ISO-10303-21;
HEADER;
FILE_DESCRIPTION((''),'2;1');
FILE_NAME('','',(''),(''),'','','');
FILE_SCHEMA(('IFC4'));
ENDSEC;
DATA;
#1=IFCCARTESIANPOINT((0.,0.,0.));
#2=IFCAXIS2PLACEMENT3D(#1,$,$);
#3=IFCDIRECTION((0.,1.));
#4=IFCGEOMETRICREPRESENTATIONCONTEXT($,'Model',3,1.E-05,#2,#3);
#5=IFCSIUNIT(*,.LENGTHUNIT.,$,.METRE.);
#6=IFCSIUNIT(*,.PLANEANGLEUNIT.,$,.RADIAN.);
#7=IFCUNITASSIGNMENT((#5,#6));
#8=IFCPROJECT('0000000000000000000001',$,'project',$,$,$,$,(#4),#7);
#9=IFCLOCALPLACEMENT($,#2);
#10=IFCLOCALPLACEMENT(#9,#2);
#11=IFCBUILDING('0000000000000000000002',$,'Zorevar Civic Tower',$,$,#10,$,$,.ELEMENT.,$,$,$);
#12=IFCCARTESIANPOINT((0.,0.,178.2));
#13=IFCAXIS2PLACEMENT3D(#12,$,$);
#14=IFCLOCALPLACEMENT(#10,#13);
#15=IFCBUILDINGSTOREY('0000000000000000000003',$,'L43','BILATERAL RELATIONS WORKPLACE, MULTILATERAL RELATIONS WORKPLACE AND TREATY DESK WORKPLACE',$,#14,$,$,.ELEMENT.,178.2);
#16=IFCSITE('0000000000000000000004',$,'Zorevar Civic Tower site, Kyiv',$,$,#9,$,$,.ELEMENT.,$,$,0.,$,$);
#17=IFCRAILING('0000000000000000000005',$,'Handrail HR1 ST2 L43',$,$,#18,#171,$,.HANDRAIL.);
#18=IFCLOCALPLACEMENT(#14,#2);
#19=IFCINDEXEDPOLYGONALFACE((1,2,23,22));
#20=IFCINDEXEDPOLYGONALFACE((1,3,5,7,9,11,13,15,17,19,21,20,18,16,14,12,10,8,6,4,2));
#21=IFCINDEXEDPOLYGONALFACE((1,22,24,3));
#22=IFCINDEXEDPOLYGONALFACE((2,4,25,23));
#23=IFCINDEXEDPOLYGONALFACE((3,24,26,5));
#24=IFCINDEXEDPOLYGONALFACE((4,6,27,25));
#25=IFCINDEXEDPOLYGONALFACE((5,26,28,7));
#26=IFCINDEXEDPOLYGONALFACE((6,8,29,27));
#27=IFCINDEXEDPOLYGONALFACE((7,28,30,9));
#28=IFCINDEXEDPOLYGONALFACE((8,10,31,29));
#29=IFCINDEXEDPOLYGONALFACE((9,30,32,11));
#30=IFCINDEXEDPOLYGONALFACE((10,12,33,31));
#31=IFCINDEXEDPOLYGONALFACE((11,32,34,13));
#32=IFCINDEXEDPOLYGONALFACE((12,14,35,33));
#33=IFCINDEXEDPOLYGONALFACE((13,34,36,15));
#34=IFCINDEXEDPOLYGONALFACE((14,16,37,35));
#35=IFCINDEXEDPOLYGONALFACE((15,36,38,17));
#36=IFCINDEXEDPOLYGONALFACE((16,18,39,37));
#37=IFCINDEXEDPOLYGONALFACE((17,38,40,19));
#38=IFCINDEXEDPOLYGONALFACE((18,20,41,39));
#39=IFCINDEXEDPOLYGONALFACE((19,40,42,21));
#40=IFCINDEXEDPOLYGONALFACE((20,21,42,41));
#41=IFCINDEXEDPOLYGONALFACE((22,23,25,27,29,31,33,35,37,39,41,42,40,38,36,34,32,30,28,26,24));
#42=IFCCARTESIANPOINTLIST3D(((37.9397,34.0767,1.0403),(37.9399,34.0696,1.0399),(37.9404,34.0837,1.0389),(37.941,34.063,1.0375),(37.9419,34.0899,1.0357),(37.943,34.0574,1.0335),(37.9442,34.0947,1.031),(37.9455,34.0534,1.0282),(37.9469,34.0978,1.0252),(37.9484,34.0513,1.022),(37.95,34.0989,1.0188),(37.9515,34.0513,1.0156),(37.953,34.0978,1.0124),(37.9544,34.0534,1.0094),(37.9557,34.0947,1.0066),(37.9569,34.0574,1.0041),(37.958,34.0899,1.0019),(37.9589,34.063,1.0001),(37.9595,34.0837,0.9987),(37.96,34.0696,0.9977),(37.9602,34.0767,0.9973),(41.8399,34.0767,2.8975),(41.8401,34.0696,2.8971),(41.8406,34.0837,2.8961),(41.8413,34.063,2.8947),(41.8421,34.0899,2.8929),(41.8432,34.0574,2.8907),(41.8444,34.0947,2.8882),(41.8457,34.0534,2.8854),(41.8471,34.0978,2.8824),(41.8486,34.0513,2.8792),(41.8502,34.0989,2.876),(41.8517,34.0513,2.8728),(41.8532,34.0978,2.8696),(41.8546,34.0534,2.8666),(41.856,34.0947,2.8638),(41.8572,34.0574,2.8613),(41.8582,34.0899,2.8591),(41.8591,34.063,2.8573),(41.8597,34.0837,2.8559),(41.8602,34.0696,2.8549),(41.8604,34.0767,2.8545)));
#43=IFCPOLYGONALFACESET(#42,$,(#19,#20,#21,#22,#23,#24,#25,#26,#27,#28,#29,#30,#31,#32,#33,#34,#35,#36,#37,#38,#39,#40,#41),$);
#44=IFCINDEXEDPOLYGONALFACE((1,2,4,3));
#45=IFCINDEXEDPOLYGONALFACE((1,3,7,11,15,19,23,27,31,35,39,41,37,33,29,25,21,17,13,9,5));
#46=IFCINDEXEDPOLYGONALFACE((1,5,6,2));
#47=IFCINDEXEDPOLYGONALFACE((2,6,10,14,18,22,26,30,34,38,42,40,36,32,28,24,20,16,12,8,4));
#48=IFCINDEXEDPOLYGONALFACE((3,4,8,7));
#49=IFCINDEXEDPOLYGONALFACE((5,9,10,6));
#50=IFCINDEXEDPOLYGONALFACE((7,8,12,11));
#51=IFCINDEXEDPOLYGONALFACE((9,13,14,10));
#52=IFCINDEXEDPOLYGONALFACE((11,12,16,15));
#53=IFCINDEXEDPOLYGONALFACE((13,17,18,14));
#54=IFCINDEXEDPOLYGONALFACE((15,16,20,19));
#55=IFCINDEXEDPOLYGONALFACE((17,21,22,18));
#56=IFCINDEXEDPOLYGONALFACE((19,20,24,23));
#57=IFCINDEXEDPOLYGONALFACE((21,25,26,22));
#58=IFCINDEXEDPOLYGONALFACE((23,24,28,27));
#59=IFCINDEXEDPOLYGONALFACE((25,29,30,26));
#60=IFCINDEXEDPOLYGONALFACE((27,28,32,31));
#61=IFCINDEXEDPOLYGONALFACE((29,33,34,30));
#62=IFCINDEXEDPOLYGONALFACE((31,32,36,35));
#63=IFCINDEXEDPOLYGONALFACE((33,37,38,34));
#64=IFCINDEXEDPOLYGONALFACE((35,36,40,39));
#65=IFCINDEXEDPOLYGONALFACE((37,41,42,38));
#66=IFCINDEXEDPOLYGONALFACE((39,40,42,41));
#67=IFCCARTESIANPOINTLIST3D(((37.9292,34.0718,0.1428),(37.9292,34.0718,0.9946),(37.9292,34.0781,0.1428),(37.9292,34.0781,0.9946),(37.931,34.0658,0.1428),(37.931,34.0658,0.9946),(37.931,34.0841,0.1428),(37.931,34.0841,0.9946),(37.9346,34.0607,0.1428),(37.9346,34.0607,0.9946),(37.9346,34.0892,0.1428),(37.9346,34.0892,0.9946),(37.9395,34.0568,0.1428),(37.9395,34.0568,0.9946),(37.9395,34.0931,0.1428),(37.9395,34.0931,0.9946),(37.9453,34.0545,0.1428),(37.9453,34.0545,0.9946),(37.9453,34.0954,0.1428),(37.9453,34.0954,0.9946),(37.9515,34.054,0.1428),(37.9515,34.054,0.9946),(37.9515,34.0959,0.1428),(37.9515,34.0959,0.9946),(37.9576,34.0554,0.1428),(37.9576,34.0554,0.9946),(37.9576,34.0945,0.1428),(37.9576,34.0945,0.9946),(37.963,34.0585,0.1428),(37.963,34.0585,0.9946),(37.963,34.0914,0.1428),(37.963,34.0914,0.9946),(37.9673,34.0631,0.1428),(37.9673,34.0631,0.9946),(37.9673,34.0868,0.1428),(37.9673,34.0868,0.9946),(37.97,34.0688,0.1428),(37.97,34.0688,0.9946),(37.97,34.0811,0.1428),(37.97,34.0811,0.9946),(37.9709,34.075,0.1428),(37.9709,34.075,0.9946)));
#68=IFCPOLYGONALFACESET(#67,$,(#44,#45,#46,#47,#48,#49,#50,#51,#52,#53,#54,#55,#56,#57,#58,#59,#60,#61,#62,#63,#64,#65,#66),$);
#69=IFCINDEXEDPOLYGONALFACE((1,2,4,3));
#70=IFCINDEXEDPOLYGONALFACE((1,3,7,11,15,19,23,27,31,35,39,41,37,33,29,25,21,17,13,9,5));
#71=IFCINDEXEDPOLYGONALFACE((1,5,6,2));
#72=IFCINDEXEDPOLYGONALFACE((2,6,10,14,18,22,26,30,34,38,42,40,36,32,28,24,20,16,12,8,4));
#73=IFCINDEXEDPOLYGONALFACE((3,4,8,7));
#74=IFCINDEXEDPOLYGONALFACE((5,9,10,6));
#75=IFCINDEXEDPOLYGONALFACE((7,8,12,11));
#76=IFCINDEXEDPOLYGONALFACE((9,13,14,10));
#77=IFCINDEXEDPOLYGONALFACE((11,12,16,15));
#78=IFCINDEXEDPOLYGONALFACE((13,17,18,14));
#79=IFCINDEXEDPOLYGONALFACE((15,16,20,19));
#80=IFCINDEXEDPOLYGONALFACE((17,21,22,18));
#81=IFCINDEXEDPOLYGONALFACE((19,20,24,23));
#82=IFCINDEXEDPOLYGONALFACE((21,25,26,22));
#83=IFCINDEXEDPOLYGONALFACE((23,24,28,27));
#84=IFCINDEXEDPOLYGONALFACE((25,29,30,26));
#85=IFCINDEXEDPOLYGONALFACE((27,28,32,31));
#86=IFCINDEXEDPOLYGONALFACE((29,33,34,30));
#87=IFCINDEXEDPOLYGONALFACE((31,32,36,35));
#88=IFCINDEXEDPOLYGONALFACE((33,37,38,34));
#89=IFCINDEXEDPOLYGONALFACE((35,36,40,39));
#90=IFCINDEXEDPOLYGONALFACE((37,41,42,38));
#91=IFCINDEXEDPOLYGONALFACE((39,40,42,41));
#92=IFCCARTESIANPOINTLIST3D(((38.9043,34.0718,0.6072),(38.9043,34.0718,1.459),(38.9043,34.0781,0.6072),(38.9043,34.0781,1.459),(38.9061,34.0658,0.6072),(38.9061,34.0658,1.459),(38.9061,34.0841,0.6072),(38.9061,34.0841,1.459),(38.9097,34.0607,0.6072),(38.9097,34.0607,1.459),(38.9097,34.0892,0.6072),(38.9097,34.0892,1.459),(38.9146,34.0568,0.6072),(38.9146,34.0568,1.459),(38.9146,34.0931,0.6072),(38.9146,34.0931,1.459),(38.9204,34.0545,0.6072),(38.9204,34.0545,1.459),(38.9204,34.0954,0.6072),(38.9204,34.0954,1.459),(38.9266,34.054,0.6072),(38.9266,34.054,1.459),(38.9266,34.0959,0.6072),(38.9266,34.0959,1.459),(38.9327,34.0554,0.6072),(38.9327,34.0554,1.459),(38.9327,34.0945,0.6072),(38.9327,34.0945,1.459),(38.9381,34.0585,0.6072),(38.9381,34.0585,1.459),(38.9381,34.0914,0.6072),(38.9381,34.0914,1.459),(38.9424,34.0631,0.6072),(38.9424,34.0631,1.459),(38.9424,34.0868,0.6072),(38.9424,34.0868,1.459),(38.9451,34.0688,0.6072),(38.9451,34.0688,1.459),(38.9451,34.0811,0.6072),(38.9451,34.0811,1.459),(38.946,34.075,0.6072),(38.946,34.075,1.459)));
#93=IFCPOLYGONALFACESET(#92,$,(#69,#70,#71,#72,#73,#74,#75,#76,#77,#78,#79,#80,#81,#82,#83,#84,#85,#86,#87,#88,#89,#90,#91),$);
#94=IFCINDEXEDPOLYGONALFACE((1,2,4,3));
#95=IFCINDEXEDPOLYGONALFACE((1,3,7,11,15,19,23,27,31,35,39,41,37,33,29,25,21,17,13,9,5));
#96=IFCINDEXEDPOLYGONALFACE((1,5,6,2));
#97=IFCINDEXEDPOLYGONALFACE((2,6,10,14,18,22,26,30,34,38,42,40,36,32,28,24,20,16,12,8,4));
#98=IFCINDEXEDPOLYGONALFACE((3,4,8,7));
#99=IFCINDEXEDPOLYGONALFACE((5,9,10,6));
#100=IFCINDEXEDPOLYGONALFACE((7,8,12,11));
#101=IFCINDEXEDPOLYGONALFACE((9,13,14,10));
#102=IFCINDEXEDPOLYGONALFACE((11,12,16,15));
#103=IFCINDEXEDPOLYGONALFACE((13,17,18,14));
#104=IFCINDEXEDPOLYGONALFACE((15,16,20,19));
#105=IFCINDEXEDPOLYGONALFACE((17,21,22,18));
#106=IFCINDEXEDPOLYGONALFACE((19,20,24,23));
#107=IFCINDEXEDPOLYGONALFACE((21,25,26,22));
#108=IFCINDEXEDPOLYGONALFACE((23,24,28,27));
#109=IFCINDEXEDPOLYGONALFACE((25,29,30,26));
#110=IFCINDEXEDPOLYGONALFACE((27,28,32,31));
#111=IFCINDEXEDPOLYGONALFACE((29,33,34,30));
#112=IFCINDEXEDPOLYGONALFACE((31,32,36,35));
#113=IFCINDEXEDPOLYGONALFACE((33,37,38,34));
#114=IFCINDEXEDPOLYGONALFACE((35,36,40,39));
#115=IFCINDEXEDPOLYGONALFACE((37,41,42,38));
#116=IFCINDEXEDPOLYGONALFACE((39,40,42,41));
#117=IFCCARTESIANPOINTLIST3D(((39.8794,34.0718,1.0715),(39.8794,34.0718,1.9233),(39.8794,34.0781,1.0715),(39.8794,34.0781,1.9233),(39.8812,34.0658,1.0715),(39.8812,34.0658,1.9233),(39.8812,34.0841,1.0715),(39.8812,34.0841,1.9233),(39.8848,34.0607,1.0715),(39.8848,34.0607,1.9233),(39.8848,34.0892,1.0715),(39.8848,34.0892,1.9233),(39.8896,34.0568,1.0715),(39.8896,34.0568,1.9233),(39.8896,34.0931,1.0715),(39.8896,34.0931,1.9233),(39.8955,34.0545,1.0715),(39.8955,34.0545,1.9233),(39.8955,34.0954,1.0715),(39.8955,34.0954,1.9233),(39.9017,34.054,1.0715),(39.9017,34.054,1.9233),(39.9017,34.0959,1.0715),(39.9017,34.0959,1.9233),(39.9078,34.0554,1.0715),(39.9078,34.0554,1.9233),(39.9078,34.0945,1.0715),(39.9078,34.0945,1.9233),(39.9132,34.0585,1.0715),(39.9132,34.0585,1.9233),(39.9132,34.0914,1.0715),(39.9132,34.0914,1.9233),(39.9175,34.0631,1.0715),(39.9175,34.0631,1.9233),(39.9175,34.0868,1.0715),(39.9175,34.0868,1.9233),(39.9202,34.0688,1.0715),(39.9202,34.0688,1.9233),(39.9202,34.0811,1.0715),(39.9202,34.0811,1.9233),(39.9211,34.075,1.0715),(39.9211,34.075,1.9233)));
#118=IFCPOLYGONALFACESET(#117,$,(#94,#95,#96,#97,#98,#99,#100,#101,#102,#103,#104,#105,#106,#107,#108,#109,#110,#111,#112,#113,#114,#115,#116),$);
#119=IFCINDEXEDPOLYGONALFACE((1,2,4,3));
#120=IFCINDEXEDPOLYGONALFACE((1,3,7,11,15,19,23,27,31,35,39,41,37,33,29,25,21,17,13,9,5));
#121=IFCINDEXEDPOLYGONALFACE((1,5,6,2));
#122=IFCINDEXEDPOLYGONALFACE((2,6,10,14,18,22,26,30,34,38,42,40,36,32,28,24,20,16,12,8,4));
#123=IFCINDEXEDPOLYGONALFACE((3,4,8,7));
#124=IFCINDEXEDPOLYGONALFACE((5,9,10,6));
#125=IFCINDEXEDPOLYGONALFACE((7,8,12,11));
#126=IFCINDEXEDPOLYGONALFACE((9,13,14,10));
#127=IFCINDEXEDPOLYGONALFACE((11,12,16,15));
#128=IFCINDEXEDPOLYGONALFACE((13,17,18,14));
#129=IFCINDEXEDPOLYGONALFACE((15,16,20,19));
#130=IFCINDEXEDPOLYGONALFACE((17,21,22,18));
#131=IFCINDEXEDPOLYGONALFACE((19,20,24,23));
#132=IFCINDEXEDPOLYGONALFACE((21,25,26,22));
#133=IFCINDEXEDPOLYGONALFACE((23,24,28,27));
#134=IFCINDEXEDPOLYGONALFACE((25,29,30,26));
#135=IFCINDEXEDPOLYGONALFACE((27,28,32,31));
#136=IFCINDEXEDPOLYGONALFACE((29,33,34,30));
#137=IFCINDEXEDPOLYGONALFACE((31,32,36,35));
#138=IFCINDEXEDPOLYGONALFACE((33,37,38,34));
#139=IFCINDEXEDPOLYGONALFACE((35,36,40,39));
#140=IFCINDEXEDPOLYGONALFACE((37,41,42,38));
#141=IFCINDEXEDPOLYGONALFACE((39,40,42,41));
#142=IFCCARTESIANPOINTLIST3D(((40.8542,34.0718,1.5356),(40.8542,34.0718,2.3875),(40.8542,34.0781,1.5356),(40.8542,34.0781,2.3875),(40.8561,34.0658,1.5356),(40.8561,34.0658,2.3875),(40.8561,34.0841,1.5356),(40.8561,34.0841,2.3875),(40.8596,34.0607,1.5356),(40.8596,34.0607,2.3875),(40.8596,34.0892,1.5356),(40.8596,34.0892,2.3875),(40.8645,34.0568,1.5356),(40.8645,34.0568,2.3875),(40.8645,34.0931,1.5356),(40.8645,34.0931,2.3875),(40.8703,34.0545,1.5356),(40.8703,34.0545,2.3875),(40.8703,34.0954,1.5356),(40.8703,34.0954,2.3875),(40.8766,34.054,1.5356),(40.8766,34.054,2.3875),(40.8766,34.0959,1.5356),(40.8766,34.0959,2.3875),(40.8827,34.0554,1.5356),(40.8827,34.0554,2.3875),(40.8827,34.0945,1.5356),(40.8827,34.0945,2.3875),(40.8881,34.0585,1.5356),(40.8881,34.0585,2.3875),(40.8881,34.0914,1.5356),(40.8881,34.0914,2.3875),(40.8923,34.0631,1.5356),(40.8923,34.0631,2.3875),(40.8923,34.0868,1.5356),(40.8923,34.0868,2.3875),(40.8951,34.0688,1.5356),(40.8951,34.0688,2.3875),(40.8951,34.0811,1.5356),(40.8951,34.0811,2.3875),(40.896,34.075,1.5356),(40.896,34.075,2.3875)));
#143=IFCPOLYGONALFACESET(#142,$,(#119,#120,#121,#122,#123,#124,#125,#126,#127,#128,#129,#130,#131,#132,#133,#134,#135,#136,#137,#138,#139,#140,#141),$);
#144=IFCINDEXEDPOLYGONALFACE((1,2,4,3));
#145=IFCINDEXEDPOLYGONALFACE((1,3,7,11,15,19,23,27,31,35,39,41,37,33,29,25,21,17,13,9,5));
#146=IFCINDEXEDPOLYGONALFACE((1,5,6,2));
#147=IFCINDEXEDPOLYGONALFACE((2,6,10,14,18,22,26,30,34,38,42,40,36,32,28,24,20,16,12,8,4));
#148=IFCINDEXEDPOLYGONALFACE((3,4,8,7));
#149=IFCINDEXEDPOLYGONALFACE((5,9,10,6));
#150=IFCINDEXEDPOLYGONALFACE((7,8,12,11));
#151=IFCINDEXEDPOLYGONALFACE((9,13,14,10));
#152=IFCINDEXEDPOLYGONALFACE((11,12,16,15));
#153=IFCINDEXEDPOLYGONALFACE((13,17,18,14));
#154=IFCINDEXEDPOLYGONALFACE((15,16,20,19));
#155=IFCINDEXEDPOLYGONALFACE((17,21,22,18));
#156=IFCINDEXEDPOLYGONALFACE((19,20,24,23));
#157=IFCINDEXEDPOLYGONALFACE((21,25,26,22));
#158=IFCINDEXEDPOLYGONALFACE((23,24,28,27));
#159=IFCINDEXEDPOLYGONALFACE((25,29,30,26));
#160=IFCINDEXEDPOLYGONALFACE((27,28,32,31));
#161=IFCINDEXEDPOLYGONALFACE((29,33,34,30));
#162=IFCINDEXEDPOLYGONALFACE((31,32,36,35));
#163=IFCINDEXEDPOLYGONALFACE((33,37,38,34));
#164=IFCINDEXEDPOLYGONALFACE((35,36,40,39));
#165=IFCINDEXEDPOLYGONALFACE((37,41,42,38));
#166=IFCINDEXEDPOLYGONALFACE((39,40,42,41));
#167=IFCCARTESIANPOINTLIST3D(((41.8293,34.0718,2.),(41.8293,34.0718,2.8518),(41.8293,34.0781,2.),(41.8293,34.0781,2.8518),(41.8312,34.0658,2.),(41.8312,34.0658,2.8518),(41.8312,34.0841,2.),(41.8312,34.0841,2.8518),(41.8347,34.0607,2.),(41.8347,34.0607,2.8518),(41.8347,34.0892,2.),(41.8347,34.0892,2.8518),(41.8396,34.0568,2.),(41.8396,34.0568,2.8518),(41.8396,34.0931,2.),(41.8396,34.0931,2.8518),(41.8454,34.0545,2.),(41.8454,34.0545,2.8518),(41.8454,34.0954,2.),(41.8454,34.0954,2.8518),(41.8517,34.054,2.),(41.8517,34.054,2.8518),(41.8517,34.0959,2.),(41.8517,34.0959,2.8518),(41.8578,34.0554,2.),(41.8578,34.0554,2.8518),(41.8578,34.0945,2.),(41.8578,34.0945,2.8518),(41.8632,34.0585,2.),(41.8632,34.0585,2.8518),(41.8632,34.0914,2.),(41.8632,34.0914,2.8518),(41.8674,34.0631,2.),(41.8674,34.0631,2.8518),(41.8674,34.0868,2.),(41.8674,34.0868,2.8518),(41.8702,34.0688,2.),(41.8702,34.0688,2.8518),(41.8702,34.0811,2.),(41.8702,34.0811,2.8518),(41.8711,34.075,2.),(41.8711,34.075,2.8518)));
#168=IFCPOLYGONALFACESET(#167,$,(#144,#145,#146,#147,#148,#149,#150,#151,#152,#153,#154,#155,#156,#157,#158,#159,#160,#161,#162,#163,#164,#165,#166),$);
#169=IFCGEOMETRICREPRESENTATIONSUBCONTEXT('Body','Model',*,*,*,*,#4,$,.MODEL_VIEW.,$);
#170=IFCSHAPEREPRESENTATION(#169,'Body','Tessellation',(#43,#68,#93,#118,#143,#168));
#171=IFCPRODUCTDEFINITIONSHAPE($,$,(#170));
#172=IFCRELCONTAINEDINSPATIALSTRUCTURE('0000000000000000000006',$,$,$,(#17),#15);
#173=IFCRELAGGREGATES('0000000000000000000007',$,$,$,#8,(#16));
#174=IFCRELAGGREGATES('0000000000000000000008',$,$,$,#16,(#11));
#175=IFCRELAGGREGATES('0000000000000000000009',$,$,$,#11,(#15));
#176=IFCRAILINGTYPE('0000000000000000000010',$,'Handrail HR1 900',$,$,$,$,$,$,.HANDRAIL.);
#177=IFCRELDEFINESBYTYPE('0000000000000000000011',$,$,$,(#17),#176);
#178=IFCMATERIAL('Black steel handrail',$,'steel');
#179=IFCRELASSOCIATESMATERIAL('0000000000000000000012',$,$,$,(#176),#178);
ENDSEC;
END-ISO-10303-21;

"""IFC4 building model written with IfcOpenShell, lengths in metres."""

from ifc_helpers import new_model, si_unit, direction, frame, origin, origin_2d, place, context, subcontext, project, spatial, circle, extrude, material, type_object, element, save


model = new_model("IFC4")

# Units and contexts
model_context = context("Model", 3, precision=1e-05, world=origin(), true_north=direction((0.0, 1.0)))
body_context = subcontext(model_context, "Body", "Model", "MODEL_VIEW")
ifc_project = project(units=[si_unit("LENGTHUNIT", "METRE"), si_unit("PLANEANGLEUNIT", "RADIAN")], contexts=[model_context])

# Site, building, storey
site_placement = place(None, origin())
site = spatial("IfcSite", under=ifc_project, at=site_placement, Name="Zorevar Civic Tower site, Kyiv", CompositionType="ELEMENT", RefElevation=0.0)
building_placement = place(site_placement, origin())
building = spatial("IfcBuilding", under=site, at=building_placement, Name="Zorevar Civic Tower", CompositionType="ELEMENT")
storey_placement = place(building_placement, frame((0.0, 0.0, 178.2)))
storey = spatial("IfcBuildingStorey", under=building, at=storey_placement, Name="L43", Description="BILATERAL RELATIONS WORKPLACE, MULTILATERAL RELATIONS WORKPLACE AND TREATY DESK WORKPLACE", CompositionType="ELEMENT", Elevation=178.2)

# Railing
ifc_material_1 = material(Name="Black steel handrail", Category="steel")
railing_type = type_object("IfcRailingType", Name="Handrail HR1 900", PredefinedType="HANDRAIL", material=ifc_material_1)
for number, where, name in (
    (1, (37.95, 34.075, 0.1428), "Handrail HR1 ST2 L43"),
):
    element("IfcRailing", number, at=place(storey_placement, frame(where)), inside=storey, type_object=railing_type, Name=name, PredefinedType="HANDRAIL", context=body_context, shape_type="SweptSolid", body=[
        extrude(circle(Radius=0.0239, at=origin_2d()), frame((0.0, 0.0, 0.876), z_axis=(0.902864, 0.0, 0.429927), x_axis=(0.0, 1.0, 0.0)), (0.0, 0.0, 1.0), 4.3198),
        extrude(circle(Radius=0.021, at=origin_2d()), origin(), (0.0, 0.0, 1.0), 0.8518),
        extrude(circle(Radius=0.021, at=origin_2d()), frame((0.9751, 0.0, 0.4644)), (0.0, 0.0, 1.0), 0.8518),
        extrude(circle(Radius=0.021, at=origin_2d()), frame((1.9502, 0.0, 0.9287)), (0.0, 0.0, 1.0), 0.8518),
        extrude(circle(Radius=0.021, at=origin_2d()), frame((2.925, 0.0, 1.3928)), (0.0, 0.0, 1.0), 0.8518),
        extrude(circle(Radius=0.021, at=origin_2d()), frame((3.9001, 0.0, 1.8572)), (0.0, 0.0, 1.0), 0.8518),
    ])

save(model, "model.ifc")
